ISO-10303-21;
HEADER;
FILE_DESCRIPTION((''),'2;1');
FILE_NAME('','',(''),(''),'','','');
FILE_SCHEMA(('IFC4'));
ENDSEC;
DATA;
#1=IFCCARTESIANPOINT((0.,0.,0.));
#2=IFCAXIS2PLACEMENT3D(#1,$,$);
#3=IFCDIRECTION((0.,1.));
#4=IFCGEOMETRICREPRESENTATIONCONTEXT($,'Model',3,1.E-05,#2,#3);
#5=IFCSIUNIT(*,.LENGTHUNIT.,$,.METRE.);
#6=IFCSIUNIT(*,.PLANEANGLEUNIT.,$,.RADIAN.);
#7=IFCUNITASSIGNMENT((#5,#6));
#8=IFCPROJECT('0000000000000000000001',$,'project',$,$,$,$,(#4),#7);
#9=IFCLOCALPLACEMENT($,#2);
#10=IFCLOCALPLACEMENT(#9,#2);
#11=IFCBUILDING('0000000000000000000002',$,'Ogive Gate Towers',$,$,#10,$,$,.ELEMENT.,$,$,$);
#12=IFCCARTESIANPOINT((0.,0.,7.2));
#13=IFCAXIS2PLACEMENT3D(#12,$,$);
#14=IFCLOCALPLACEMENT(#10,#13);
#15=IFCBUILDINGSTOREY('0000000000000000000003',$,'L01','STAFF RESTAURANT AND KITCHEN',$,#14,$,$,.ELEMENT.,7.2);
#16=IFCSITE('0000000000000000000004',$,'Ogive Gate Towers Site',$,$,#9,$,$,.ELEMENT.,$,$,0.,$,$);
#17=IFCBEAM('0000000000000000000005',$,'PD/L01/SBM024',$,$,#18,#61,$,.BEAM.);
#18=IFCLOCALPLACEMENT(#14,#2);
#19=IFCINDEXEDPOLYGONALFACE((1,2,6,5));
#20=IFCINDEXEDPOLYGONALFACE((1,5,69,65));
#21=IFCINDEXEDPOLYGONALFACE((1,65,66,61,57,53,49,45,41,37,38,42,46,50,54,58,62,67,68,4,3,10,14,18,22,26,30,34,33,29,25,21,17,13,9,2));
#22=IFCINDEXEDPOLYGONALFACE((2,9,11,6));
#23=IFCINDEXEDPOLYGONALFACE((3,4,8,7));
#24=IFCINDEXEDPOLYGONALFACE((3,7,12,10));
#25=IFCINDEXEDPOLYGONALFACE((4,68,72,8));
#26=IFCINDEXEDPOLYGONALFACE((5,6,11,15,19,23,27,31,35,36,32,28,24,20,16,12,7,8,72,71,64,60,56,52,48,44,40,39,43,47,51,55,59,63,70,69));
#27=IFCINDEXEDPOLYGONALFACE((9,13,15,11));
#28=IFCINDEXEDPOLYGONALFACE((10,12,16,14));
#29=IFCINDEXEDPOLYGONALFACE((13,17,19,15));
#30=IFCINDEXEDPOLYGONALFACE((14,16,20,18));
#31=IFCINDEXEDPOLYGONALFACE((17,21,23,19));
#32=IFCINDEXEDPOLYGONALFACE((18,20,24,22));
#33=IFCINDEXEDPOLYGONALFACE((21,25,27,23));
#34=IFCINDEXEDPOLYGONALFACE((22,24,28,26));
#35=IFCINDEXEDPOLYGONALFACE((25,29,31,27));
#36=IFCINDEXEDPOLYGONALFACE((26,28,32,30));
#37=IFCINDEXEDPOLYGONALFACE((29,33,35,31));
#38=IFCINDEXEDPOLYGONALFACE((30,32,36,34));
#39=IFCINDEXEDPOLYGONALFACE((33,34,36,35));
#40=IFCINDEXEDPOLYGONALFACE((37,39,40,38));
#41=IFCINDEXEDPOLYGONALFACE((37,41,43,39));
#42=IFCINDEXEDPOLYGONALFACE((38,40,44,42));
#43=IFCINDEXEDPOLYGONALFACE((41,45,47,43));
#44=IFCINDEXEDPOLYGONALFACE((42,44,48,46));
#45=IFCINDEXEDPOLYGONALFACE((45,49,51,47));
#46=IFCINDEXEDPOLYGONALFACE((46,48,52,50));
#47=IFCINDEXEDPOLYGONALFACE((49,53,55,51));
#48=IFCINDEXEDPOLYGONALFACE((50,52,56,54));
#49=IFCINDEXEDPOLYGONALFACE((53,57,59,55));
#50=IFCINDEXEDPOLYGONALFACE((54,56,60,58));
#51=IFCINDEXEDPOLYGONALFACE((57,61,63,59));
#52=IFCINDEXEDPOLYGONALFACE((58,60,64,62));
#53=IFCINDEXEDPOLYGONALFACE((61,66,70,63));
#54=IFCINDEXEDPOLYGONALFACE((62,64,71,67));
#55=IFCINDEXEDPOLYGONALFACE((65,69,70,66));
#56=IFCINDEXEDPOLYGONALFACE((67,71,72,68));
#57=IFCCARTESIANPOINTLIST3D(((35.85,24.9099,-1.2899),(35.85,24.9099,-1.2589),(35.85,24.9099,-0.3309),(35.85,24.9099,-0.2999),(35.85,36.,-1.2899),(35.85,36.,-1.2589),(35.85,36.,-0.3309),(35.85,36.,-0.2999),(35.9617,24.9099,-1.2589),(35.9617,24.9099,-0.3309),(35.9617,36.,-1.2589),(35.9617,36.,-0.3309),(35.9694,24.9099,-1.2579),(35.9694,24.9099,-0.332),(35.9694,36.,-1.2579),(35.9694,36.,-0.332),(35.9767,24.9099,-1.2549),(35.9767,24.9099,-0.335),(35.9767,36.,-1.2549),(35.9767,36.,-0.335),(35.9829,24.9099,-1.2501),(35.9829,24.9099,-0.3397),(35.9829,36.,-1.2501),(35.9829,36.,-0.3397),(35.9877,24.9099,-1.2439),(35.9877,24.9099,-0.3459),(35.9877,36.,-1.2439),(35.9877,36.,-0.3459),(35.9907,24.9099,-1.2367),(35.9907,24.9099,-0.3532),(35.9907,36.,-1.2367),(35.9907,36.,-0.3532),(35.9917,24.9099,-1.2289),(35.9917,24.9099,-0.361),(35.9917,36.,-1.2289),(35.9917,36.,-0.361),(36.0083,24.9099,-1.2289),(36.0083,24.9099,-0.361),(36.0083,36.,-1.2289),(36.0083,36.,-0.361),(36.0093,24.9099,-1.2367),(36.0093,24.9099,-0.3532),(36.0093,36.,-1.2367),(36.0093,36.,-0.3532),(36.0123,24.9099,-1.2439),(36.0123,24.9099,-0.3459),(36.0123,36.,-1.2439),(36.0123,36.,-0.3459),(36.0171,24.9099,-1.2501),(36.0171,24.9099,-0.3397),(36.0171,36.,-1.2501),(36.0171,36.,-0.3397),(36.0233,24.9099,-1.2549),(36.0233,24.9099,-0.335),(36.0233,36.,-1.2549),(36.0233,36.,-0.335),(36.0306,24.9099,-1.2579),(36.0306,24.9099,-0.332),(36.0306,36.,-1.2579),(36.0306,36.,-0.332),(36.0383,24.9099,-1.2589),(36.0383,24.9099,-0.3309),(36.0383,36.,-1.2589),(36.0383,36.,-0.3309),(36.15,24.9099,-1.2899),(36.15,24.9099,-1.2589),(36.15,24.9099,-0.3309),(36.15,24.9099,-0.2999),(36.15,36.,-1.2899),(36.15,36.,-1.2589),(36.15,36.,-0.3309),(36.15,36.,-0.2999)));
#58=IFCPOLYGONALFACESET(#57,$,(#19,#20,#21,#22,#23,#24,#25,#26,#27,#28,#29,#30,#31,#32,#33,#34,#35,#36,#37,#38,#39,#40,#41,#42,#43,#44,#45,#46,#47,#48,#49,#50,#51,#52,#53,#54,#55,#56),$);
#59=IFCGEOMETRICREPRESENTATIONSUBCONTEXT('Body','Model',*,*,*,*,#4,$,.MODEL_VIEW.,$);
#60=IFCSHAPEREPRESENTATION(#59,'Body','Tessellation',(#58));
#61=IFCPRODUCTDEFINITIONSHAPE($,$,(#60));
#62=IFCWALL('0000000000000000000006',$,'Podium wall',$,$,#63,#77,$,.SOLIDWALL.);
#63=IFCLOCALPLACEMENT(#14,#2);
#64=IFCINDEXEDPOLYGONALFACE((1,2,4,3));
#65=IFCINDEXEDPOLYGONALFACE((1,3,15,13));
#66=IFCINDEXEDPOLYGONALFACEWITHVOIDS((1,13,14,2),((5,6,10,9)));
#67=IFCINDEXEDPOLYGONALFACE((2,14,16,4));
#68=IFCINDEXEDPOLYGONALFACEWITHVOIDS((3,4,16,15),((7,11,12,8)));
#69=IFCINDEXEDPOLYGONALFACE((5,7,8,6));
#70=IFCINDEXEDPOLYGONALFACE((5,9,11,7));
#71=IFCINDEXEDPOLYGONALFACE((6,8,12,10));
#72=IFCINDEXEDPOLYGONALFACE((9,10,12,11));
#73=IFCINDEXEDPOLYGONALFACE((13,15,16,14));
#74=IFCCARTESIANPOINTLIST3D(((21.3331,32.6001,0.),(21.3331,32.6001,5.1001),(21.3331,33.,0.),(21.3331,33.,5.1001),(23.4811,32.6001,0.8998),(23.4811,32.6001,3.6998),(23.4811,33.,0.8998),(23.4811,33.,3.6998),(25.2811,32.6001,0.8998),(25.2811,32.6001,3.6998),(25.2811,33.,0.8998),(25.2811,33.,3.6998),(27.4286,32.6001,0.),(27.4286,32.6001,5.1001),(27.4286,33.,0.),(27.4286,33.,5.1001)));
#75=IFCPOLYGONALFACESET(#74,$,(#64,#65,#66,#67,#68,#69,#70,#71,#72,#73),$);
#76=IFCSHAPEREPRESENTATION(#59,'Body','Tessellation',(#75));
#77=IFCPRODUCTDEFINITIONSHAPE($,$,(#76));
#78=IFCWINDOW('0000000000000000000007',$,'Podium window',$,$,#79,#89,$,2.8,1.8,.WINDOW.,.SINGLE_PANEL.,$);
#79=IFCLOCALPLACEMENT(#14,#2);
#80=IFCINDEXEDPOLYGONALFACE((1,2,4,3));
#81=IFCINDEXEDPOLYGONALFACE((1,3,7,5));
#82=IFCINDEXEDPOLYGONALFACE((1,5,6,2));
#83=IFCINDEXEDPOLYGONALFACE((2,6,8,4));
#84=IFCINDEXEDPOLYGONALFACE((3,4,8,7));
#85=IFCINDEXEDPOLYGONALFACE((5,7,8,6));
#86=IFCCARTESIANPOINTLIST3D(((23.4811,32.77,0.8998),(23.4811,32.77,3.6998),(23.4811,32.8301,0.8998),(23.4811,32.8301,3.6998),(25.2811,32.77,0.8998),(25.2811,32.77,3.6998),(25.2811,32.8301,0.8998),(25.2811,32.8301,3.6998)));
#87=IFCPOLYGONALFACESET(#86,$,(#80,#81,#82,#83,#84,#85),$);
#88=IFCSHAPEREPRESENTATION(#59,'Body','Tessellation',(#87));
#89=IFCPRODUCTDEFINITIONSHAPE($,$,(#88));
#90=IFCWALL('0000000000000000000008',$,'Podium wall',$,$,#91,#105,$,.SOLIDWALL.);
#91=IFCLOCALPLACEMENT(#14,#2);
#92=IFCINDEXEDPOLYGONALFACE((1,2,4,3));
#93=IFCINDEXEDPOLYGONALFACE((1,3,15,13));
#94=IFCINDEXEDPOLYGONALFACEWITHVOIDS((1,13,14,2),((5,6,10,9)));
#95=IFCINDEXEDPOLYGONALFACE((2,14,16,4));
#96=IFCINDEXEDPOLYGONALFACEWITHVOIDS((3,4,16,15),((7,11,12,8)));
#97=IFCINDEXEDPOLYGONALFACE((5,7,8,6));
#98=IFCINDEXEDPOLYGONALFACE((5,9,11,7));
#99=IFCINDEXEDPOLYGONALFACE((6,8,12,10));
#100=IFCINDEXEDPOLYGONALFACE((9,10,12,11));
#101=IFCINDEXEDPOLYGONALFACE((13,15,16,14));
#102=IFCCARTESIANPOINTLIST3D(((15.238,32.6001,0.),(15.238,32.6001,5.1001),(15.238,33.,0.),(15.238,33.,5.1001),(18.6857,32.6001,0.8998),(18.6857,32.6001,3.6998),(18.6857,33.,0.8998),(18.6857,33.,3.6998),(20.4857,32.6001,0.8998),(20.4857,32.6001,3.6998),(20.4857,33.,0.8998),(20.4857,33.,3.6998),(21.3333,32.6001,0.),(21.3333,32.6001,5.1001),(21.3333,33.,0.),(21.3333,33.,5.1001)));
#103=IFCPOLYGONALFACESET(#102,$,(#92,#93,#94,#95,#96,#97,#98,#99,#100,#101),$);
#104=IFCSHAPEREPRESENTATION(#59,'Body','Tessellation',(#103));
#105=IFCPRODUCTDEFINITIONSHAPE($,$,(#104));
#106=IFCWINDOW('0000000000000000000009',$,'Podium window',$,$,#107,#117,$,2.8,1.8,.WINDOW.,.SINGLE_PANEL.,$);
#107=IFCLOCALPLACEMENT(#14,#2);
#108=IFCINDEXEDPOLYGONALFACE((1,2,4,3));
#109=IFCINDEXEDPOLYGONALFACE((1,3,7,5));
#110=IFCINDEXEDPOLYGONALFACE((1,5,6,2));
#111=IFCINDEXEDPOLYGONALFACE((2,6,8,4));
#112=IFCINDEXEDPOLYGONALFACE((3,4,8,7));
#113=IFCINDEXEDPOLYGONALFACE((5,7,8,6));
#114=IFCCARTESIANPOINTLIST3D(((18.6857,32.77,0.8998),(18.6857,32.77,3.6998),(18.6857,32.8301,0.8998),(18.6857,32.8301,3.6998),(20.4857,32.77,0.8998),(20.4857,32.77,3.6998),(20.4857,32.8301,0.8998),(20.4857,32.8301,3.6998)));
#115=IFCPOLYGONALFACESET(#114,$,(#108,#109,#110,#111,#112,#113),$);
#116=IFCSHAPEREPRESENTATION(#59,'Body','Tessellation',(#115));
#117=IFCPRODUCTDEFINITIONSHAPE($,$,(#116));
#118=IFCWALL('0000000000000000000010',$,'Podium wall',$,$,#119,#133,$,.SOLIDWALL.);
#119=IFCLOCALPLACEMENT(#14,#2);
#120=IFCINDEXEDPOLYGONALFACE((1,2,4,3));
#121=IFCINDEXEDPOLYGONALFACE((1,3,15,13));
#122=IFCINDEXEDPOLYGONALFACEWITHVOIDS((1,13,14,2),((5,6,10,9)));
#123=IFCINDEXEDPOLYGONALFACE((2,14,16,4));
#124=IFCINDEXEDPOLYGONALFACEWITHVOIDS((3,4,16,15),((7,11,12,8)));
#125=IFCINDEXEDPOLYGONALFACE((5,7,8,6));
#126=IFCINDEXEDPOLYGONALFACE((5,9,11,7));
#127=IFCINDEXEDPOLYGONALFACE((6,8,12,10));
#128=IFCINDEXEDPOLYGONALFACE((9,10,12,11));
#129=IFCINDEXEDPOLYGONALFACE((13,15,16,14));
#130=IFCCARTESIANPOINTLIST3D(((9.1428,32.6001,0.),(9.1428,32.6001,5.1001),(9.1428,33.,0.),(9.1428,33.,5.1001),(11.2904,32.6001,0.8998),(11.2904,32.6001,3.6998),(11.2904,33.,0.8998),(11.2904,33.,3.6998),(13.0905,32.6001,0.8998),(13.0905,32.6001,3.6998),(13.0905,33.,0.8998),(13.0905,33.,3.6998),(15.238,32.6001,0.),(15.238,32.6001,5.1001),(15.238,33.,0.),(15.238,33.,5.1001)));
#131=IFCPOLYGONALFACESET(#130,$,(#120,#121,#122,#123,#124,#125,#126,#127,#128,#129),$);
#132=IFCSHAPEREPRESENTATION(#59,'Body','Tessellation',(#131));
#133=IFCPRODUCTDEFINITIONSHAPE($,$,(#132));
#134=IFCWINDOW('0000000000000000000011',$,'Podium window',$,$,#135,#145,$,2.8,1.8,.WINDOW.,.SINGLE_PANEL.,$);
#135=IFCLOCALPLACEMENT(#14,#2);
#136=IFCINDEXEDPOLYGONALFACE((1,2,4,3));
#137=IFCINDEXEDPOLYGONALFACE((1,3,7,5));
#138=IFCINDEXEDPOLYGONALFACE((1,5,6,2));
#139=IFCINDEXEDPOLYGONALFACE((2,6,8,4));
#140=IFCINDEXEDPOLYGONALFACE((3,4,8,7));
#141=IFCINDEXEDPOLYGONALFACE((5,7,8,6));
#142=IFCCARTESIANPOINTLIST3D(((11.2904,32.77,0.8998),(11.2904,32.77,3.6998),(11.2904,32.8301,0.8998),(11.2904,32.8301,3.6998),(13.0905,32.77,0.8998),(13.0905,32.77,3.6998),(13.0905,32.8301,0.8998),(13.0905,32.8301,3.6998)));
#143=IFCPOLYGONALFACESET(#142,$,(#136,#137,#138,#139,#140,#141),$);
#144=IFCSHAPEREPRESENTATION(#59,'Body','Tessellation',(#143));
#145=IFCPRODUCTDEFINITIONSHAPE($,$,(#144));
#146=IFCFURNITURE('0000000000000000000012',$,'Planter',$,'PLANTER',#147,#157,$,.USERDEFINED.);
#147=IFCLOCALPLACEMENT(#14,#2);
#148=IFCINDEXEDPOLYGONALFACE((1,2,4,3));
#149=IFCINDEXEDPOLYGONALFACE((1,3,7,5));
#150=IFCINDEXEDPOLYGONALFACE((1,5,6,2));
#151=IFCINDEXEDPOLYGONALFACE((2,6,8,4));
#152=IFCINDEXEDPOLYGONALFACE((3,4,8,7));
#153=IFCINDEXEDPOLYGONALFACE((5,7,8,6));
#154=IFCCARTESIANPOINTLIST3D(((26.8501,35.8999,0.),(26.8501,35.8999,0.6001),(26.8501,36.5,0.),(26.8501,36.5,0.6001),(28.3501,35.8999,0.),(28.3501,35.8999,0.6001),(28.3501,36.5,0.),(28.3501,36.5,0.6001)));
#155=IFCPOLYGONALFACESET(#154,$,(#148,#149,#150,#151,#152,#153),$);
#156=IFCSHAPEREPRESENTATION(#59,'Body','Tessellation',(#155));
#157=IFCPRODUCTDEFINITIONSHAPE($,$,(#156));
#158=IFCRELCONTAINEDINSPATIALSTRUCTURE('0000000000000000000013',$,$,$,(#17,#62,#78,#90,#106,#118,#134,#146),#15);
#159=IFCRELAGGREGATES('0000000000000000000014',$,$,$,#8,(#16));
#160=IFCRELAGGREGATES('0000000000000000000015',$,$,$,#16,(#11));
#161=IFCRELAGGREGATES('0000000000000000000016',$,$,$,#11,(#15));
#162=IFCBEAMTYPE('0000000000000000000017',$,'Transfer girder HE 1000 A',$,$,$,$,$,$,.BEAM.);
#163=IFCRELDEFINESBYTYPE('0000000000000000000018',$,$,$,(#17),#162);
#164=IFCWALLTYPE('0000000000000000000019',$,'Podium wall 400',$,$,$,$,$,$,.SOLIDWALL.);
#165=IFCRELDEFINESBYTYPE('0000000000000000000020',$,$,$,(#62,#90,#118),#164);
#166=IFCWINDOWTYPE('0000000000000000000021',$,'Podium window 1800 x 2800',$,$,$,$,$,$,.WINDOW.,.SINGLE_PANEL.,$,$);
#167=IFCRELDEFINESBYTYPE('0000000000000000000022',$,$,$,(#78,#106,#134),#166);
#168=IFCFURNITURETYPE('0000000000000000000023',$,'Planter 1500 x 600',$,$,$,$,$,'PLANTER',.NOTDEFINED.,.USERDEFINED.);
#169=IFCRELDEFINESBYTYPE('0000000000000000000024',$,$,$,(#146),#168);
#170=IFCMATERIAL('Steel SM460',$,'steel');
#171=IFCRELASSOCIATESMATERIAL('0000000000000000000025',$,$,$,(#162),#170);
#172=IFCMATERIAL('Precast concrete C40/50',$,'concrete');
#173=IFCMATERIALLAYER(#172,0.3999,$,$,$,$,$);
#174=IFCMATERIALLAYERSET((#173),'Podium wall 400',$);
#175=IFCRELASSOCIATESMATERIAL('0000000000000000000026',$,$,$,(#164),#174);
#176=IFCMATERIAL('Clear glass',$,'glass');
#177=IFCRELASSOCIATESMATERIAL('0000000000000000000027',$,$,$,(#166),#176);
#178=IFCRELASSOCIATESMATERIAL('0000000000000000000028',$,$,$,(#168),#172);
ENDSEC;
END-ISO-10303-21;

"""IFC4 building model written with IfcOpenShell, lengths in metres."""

from ifc_helpers import new_model, si_unit, direction, frame, frame_2d, origin, origin_2d, place, context, subcontext, project, spatial, rectangle, i_section, extrude, material, layer, layer_set, material_profile, profile_set, type_object, element, fill, save


model = new_model("IFC4")

# Units and contexts
model_context = context("Model", 3, precision=1e-05, world=origin(), true_north=direction((0.0, 1.0)))
body_context = subcontext(model_context, "Body", "Model", "MODEL_VIEW")
ifc_project = project(units=[si_unit("LENGTHUNIT", "METRE"), si_unit("PLANEANGLEUNIT", "RADIAN")], contexts=[model_context])

# Site, building, storey
site_placement = place(None, origin())
site = spatial("IfcSite", under=ifc_project, at=site_placement, Name="Ogive Gate Towers Site", CompositionType="ELEMENT", RefElevation=0.0)
building_placement = place(site_placement, origin())
building = spatial("IfcBuilding", under=site, at=building_placement, Name="Ogive Gate Towers", CompositionType="ELEMENT")
storey_placement = place(building_placement, frame((0.0, 0.0, 7.2)))
storey = spatial("IfcBuildingStorey", under=building, at=storey_placement, Name="L01", Description="STAFF RESTAURANT AND KITCHEN", CompositionType="ELEMENT", Elevation=7.2)

# Beam
ifc_material_1 = material(Name="Steel SM460", Category="steel")
ifc_material_profile_1 = material_profile(ifc_material_1, i_section(OverallWidth=0.3, OverallDepth=0.99, WebThickness=0.0166, FlangeThickness=0.031, FilletRadius=0.03, at=origin_2d()), Name="HE 1000 A")
ifc_profile_set_1 = profile_set([ifc_material_profile_1], Name="Steel SM460")
beam_type_1 = type_object("IfcBeamType", Name="Transfer girder HE 1000 A", PredefinedType="BEAM", material=ifc_profile_set_1)
beam_1_placement = place(storey_placement, frame((36.0, 24.9099, -0.7949), z_axis=(0.0, 1.0, 0.0), x_axis=(-1.0, 0.0, 0.0)))
element("IfcBeam", 1, at=beam_1_placement, inside=storey, type_object=beam_type_1, Name="PD/L01/SBM024", PredefinedType="BEAM", context=body_context, shape_type="SweptSolid", body=[
    extrude(i_section(OverallWidth=0.3, OverallDepth=0.99, WebThickness=0.0166, FlangeThickness=0.031, FilletRadius=0.03, at=origin_2d()), origin(), (0.0, 0.0, 1.0), 11.0901),
])

# Shared definitions
ifc_material_2 = material(Name="Precast concrete C40/50", Category="concrete")
ifc_layer = layer(ifc_material_2, 0.3999)
ifc_layer_set = layer_set([ifc_layer], Name="Podium wall 400")
wall_type = type_object("IfcWallType", Name="Podium wall 400", PredefinedType="SOLIDWALL", material=ifc_layer_set)

# Walls, openings, windows
wall_1_placement = place(storey_placement, frame((27.4287, 32.8, 0.0), z_axis=(0.0, 0.0, 1.0), x_axis=(-1.0, 0.0, 0.0)))
wall_1 = element("IfcWall", 2, at=wall_1_placement, inside=storey, type_object=wall_type, Name="Podium wall", PredefinedType="SOLIDWALL", context=body_context, shape_type="SweptSolid", body=[
    extrude(rectangle(XDim=6.0955, YDim=0.3999, at=frame_2d((3.0479, 0.0))), origin(), (0.0, 0.0, 1.0), 5.1001),
])
opening_1_placement = place(wall_1_placement, frame((2.1477, 0.0, 0.8999)))
opening_1 = element("IfcOpeningElement", 3, at=opening_1_placement, cuts=wall_1, PredefinedType="OPENING", context=body_context, shape_type="SweptSolid", body=[
    extrude(rectangle(XDim=1.8, YDim=2.8, at=frame_2d((0.8999, 1.3999))), frame((0.0, 0.21, 0.0), z_axis=(0.0, -1.0, 0.0), x_axis=(1.0, 0.0, 0.0)), (0.0, 0.0, 1.0), 0.4199),
])
ifc_material_3 = material(Name="Clear glass", Category="glass")
window_type = type_object("IfcWindowType", Name="Podium window 1800 x 2800", PartitioningType="SINGLE_PANEL", PredefinedType="WINDOW", material=ifc_material_3)
window_1_placement = place(opening_1_placement, origin())
window_1 = element("IfcWindow", 4, at=window_1_placement, inside=storey, type_object=window_type, Name="Podium window", OverallHeight=2.8, OverallWidth=1.8, PartitioningType="SINGLE_PANEL", PredefinedType="WINDOW", context=body_context, shape_type="SweptSolid", body=[
    extrude(rectangle(XDim=1.8, YDim=2.8, at=frame_2d((0.8999, 1.3999))), frame((0.0, 0.03, 0.0), z_axis=(0.0, -1.0, 0.0), x_axis=(1.0, 0.0, 0.0)), (0.0, 0.0, 1.0), 0.0601),
])
fill(opening_1, window_1)
wall_2_placement = place(storey_placement, frame((21.3333, 32.8, 0.0), z_axis=(0.0, 0.0, 1.0), x_axis=(-1.0, 0.0, 0.0)))
wall_2 = element("IfcWall", 5, at=wall_2_placement, inside=storey, type_object=wall_type, Name="Podium wall", PredefinedType="SOLIDWALL", context=body_context, shape_type="SweptSolid", body=[
    extrude(rectangle(XDim=6.0952, YDim=0.3999, at=frame_2d((3.0476, 0.0))), origin(), (0.0, 0.0, 1.0), 5.1001),
])
opening_2_placement = place(wall_2_placement, frame((0.8477, 0.0, 0.8999)))
opening_2 = element("IfcOpeningElement", 6, at=opening_2_placement, cuts=wall_2, PredefinedType="OPENING", context=body_context, shape_type="SweptSolid", body=[
    extrude(rectangle(XDim=1.8, YDim=2.8, at=frame_2d((0.8999, 1.3999))), frame((0.0, 0.21, 0.0), z_axis=(0.0, -1.0, 0.0), x_axis=(1.0, 0.0, 0.0)), (0.0, 0.0, 1.0), 0.4199),
])
window_2_placement = place(opening_2_placement, origin())
window_2 = element("IfcWindow", 7, at=window_2_placement, inside=storey, type_object=window_type, Name="Podium window", OverallHeight=2.8, OverallWidth=1.8, PartitioningType="SINGLE_PANEL", PredefinedType="WINDOW", context=body_context, shape_type="SweptSolid", body=[
    extrude(rectangle(XDim=1.8, YDim=2.8, at=frame_2d((0.8999, 1.3999))), frame((0.0, 0.03, 0.0), z_axis=(0.0, -1.0, 0.0), x_axis=(1.0, 0.0, 0.0)), (0.0, 0.0, 1.0), 0.0601),
])
fill(opening_2, window_2)
wall_3_placement = place(storey_placement, frame((15.238, 32.8, 0.0), z_axis=(0.0, 0.0, 1.0), x_axis=(-1.0, 0.0, 0.0)))
wall_3 = element("IfcWall", 8, at=wall_3_placement, inside=storey, type_object=wall_type, Name="Podium wall", PredefinedType="SOLIDWALL", context=body_context, shape_type="SweptSolid", body=[
    extrude(rectangle(XDim=6.0952, YDim=0.3999, at=frame_2d((3.0476, 0.0))), origin(), (0.0, 0.0, 1.0), 5.1001),
])
opening_3_placement = place(wall_3_placement, frame((2.1477, 0.0, 0.8999)))
opening_3 = element("IfcOpeningElement", 9, at=opening_3_placement, cuts=wall_3, PredefinedType="OPENING", context=body_context, shape_type="SweptSolid", body=[
    extrude(rectangle(XDim=1.8, YDim=2.8, at=frame_2d((0.8999, 1.3999))), frame((0.0, 0.21, 0.0), z_axis=(0.0, -1.0, 0.0), x_axis=(1.0, 0.0, 0.0)), (0.0, 0.0, 1.0), 0.4199),
])
window_3_placement = place(opening_3_placement, origin())
window_3 = element("IfcWindow", 10, at=window_3_placement, inside=storey, type_object=window_type, Name="Podium window", OverallHeight=2.8, OverallWidth=1.8, PartitioningType="SINGLE_PANEL", PredefinedType="WINDOW", context=body_context, shape_type="SweptSolid", body=[
    extrude(rectangle(XDim=1.8, YDim=2.8, at=frame_2d((0.8999, 1.3999))), frame((0.0, 0.03, 0.0), z_axis=(0.0, -1.0, 0.0), x_axis=(1.0, 0.0, 0.0)), (0.0, 0.0, 1.0), 0.0601),
])
fill(opening_3, window_3)

# Furniture
furniture_type = type_object("IfcFurnitureType", Name="Planter 1500 x 600", ElementType="PLANTER", AssemblyPlace="NOTDEFINED", PredefinedType="USERDEFINED", material=ifc_material_2)
furniture_placement = place(storey_placement, frame((27.6001, 36.2, 0.0), z_axis=(0.0, 0.0, 1.0), x_axis=(-1.0, 0.0, 0.0)))
element("IfcFurniture", 11, at=furniture_placement, inside=storey, type_object=furniture_type, Name="Planter", ObjectType="PLANTER", PredefinedType="USERDEFINED", context=body_context, shape_type="SweptSolid", body=[
    extrude(rectangle(XDim=1.5, YDim=0.6001, at=origin_2d()), origin(), (0.0, 0.0, 1.0), 0.6001),
])

save(model, "model.ifc")
